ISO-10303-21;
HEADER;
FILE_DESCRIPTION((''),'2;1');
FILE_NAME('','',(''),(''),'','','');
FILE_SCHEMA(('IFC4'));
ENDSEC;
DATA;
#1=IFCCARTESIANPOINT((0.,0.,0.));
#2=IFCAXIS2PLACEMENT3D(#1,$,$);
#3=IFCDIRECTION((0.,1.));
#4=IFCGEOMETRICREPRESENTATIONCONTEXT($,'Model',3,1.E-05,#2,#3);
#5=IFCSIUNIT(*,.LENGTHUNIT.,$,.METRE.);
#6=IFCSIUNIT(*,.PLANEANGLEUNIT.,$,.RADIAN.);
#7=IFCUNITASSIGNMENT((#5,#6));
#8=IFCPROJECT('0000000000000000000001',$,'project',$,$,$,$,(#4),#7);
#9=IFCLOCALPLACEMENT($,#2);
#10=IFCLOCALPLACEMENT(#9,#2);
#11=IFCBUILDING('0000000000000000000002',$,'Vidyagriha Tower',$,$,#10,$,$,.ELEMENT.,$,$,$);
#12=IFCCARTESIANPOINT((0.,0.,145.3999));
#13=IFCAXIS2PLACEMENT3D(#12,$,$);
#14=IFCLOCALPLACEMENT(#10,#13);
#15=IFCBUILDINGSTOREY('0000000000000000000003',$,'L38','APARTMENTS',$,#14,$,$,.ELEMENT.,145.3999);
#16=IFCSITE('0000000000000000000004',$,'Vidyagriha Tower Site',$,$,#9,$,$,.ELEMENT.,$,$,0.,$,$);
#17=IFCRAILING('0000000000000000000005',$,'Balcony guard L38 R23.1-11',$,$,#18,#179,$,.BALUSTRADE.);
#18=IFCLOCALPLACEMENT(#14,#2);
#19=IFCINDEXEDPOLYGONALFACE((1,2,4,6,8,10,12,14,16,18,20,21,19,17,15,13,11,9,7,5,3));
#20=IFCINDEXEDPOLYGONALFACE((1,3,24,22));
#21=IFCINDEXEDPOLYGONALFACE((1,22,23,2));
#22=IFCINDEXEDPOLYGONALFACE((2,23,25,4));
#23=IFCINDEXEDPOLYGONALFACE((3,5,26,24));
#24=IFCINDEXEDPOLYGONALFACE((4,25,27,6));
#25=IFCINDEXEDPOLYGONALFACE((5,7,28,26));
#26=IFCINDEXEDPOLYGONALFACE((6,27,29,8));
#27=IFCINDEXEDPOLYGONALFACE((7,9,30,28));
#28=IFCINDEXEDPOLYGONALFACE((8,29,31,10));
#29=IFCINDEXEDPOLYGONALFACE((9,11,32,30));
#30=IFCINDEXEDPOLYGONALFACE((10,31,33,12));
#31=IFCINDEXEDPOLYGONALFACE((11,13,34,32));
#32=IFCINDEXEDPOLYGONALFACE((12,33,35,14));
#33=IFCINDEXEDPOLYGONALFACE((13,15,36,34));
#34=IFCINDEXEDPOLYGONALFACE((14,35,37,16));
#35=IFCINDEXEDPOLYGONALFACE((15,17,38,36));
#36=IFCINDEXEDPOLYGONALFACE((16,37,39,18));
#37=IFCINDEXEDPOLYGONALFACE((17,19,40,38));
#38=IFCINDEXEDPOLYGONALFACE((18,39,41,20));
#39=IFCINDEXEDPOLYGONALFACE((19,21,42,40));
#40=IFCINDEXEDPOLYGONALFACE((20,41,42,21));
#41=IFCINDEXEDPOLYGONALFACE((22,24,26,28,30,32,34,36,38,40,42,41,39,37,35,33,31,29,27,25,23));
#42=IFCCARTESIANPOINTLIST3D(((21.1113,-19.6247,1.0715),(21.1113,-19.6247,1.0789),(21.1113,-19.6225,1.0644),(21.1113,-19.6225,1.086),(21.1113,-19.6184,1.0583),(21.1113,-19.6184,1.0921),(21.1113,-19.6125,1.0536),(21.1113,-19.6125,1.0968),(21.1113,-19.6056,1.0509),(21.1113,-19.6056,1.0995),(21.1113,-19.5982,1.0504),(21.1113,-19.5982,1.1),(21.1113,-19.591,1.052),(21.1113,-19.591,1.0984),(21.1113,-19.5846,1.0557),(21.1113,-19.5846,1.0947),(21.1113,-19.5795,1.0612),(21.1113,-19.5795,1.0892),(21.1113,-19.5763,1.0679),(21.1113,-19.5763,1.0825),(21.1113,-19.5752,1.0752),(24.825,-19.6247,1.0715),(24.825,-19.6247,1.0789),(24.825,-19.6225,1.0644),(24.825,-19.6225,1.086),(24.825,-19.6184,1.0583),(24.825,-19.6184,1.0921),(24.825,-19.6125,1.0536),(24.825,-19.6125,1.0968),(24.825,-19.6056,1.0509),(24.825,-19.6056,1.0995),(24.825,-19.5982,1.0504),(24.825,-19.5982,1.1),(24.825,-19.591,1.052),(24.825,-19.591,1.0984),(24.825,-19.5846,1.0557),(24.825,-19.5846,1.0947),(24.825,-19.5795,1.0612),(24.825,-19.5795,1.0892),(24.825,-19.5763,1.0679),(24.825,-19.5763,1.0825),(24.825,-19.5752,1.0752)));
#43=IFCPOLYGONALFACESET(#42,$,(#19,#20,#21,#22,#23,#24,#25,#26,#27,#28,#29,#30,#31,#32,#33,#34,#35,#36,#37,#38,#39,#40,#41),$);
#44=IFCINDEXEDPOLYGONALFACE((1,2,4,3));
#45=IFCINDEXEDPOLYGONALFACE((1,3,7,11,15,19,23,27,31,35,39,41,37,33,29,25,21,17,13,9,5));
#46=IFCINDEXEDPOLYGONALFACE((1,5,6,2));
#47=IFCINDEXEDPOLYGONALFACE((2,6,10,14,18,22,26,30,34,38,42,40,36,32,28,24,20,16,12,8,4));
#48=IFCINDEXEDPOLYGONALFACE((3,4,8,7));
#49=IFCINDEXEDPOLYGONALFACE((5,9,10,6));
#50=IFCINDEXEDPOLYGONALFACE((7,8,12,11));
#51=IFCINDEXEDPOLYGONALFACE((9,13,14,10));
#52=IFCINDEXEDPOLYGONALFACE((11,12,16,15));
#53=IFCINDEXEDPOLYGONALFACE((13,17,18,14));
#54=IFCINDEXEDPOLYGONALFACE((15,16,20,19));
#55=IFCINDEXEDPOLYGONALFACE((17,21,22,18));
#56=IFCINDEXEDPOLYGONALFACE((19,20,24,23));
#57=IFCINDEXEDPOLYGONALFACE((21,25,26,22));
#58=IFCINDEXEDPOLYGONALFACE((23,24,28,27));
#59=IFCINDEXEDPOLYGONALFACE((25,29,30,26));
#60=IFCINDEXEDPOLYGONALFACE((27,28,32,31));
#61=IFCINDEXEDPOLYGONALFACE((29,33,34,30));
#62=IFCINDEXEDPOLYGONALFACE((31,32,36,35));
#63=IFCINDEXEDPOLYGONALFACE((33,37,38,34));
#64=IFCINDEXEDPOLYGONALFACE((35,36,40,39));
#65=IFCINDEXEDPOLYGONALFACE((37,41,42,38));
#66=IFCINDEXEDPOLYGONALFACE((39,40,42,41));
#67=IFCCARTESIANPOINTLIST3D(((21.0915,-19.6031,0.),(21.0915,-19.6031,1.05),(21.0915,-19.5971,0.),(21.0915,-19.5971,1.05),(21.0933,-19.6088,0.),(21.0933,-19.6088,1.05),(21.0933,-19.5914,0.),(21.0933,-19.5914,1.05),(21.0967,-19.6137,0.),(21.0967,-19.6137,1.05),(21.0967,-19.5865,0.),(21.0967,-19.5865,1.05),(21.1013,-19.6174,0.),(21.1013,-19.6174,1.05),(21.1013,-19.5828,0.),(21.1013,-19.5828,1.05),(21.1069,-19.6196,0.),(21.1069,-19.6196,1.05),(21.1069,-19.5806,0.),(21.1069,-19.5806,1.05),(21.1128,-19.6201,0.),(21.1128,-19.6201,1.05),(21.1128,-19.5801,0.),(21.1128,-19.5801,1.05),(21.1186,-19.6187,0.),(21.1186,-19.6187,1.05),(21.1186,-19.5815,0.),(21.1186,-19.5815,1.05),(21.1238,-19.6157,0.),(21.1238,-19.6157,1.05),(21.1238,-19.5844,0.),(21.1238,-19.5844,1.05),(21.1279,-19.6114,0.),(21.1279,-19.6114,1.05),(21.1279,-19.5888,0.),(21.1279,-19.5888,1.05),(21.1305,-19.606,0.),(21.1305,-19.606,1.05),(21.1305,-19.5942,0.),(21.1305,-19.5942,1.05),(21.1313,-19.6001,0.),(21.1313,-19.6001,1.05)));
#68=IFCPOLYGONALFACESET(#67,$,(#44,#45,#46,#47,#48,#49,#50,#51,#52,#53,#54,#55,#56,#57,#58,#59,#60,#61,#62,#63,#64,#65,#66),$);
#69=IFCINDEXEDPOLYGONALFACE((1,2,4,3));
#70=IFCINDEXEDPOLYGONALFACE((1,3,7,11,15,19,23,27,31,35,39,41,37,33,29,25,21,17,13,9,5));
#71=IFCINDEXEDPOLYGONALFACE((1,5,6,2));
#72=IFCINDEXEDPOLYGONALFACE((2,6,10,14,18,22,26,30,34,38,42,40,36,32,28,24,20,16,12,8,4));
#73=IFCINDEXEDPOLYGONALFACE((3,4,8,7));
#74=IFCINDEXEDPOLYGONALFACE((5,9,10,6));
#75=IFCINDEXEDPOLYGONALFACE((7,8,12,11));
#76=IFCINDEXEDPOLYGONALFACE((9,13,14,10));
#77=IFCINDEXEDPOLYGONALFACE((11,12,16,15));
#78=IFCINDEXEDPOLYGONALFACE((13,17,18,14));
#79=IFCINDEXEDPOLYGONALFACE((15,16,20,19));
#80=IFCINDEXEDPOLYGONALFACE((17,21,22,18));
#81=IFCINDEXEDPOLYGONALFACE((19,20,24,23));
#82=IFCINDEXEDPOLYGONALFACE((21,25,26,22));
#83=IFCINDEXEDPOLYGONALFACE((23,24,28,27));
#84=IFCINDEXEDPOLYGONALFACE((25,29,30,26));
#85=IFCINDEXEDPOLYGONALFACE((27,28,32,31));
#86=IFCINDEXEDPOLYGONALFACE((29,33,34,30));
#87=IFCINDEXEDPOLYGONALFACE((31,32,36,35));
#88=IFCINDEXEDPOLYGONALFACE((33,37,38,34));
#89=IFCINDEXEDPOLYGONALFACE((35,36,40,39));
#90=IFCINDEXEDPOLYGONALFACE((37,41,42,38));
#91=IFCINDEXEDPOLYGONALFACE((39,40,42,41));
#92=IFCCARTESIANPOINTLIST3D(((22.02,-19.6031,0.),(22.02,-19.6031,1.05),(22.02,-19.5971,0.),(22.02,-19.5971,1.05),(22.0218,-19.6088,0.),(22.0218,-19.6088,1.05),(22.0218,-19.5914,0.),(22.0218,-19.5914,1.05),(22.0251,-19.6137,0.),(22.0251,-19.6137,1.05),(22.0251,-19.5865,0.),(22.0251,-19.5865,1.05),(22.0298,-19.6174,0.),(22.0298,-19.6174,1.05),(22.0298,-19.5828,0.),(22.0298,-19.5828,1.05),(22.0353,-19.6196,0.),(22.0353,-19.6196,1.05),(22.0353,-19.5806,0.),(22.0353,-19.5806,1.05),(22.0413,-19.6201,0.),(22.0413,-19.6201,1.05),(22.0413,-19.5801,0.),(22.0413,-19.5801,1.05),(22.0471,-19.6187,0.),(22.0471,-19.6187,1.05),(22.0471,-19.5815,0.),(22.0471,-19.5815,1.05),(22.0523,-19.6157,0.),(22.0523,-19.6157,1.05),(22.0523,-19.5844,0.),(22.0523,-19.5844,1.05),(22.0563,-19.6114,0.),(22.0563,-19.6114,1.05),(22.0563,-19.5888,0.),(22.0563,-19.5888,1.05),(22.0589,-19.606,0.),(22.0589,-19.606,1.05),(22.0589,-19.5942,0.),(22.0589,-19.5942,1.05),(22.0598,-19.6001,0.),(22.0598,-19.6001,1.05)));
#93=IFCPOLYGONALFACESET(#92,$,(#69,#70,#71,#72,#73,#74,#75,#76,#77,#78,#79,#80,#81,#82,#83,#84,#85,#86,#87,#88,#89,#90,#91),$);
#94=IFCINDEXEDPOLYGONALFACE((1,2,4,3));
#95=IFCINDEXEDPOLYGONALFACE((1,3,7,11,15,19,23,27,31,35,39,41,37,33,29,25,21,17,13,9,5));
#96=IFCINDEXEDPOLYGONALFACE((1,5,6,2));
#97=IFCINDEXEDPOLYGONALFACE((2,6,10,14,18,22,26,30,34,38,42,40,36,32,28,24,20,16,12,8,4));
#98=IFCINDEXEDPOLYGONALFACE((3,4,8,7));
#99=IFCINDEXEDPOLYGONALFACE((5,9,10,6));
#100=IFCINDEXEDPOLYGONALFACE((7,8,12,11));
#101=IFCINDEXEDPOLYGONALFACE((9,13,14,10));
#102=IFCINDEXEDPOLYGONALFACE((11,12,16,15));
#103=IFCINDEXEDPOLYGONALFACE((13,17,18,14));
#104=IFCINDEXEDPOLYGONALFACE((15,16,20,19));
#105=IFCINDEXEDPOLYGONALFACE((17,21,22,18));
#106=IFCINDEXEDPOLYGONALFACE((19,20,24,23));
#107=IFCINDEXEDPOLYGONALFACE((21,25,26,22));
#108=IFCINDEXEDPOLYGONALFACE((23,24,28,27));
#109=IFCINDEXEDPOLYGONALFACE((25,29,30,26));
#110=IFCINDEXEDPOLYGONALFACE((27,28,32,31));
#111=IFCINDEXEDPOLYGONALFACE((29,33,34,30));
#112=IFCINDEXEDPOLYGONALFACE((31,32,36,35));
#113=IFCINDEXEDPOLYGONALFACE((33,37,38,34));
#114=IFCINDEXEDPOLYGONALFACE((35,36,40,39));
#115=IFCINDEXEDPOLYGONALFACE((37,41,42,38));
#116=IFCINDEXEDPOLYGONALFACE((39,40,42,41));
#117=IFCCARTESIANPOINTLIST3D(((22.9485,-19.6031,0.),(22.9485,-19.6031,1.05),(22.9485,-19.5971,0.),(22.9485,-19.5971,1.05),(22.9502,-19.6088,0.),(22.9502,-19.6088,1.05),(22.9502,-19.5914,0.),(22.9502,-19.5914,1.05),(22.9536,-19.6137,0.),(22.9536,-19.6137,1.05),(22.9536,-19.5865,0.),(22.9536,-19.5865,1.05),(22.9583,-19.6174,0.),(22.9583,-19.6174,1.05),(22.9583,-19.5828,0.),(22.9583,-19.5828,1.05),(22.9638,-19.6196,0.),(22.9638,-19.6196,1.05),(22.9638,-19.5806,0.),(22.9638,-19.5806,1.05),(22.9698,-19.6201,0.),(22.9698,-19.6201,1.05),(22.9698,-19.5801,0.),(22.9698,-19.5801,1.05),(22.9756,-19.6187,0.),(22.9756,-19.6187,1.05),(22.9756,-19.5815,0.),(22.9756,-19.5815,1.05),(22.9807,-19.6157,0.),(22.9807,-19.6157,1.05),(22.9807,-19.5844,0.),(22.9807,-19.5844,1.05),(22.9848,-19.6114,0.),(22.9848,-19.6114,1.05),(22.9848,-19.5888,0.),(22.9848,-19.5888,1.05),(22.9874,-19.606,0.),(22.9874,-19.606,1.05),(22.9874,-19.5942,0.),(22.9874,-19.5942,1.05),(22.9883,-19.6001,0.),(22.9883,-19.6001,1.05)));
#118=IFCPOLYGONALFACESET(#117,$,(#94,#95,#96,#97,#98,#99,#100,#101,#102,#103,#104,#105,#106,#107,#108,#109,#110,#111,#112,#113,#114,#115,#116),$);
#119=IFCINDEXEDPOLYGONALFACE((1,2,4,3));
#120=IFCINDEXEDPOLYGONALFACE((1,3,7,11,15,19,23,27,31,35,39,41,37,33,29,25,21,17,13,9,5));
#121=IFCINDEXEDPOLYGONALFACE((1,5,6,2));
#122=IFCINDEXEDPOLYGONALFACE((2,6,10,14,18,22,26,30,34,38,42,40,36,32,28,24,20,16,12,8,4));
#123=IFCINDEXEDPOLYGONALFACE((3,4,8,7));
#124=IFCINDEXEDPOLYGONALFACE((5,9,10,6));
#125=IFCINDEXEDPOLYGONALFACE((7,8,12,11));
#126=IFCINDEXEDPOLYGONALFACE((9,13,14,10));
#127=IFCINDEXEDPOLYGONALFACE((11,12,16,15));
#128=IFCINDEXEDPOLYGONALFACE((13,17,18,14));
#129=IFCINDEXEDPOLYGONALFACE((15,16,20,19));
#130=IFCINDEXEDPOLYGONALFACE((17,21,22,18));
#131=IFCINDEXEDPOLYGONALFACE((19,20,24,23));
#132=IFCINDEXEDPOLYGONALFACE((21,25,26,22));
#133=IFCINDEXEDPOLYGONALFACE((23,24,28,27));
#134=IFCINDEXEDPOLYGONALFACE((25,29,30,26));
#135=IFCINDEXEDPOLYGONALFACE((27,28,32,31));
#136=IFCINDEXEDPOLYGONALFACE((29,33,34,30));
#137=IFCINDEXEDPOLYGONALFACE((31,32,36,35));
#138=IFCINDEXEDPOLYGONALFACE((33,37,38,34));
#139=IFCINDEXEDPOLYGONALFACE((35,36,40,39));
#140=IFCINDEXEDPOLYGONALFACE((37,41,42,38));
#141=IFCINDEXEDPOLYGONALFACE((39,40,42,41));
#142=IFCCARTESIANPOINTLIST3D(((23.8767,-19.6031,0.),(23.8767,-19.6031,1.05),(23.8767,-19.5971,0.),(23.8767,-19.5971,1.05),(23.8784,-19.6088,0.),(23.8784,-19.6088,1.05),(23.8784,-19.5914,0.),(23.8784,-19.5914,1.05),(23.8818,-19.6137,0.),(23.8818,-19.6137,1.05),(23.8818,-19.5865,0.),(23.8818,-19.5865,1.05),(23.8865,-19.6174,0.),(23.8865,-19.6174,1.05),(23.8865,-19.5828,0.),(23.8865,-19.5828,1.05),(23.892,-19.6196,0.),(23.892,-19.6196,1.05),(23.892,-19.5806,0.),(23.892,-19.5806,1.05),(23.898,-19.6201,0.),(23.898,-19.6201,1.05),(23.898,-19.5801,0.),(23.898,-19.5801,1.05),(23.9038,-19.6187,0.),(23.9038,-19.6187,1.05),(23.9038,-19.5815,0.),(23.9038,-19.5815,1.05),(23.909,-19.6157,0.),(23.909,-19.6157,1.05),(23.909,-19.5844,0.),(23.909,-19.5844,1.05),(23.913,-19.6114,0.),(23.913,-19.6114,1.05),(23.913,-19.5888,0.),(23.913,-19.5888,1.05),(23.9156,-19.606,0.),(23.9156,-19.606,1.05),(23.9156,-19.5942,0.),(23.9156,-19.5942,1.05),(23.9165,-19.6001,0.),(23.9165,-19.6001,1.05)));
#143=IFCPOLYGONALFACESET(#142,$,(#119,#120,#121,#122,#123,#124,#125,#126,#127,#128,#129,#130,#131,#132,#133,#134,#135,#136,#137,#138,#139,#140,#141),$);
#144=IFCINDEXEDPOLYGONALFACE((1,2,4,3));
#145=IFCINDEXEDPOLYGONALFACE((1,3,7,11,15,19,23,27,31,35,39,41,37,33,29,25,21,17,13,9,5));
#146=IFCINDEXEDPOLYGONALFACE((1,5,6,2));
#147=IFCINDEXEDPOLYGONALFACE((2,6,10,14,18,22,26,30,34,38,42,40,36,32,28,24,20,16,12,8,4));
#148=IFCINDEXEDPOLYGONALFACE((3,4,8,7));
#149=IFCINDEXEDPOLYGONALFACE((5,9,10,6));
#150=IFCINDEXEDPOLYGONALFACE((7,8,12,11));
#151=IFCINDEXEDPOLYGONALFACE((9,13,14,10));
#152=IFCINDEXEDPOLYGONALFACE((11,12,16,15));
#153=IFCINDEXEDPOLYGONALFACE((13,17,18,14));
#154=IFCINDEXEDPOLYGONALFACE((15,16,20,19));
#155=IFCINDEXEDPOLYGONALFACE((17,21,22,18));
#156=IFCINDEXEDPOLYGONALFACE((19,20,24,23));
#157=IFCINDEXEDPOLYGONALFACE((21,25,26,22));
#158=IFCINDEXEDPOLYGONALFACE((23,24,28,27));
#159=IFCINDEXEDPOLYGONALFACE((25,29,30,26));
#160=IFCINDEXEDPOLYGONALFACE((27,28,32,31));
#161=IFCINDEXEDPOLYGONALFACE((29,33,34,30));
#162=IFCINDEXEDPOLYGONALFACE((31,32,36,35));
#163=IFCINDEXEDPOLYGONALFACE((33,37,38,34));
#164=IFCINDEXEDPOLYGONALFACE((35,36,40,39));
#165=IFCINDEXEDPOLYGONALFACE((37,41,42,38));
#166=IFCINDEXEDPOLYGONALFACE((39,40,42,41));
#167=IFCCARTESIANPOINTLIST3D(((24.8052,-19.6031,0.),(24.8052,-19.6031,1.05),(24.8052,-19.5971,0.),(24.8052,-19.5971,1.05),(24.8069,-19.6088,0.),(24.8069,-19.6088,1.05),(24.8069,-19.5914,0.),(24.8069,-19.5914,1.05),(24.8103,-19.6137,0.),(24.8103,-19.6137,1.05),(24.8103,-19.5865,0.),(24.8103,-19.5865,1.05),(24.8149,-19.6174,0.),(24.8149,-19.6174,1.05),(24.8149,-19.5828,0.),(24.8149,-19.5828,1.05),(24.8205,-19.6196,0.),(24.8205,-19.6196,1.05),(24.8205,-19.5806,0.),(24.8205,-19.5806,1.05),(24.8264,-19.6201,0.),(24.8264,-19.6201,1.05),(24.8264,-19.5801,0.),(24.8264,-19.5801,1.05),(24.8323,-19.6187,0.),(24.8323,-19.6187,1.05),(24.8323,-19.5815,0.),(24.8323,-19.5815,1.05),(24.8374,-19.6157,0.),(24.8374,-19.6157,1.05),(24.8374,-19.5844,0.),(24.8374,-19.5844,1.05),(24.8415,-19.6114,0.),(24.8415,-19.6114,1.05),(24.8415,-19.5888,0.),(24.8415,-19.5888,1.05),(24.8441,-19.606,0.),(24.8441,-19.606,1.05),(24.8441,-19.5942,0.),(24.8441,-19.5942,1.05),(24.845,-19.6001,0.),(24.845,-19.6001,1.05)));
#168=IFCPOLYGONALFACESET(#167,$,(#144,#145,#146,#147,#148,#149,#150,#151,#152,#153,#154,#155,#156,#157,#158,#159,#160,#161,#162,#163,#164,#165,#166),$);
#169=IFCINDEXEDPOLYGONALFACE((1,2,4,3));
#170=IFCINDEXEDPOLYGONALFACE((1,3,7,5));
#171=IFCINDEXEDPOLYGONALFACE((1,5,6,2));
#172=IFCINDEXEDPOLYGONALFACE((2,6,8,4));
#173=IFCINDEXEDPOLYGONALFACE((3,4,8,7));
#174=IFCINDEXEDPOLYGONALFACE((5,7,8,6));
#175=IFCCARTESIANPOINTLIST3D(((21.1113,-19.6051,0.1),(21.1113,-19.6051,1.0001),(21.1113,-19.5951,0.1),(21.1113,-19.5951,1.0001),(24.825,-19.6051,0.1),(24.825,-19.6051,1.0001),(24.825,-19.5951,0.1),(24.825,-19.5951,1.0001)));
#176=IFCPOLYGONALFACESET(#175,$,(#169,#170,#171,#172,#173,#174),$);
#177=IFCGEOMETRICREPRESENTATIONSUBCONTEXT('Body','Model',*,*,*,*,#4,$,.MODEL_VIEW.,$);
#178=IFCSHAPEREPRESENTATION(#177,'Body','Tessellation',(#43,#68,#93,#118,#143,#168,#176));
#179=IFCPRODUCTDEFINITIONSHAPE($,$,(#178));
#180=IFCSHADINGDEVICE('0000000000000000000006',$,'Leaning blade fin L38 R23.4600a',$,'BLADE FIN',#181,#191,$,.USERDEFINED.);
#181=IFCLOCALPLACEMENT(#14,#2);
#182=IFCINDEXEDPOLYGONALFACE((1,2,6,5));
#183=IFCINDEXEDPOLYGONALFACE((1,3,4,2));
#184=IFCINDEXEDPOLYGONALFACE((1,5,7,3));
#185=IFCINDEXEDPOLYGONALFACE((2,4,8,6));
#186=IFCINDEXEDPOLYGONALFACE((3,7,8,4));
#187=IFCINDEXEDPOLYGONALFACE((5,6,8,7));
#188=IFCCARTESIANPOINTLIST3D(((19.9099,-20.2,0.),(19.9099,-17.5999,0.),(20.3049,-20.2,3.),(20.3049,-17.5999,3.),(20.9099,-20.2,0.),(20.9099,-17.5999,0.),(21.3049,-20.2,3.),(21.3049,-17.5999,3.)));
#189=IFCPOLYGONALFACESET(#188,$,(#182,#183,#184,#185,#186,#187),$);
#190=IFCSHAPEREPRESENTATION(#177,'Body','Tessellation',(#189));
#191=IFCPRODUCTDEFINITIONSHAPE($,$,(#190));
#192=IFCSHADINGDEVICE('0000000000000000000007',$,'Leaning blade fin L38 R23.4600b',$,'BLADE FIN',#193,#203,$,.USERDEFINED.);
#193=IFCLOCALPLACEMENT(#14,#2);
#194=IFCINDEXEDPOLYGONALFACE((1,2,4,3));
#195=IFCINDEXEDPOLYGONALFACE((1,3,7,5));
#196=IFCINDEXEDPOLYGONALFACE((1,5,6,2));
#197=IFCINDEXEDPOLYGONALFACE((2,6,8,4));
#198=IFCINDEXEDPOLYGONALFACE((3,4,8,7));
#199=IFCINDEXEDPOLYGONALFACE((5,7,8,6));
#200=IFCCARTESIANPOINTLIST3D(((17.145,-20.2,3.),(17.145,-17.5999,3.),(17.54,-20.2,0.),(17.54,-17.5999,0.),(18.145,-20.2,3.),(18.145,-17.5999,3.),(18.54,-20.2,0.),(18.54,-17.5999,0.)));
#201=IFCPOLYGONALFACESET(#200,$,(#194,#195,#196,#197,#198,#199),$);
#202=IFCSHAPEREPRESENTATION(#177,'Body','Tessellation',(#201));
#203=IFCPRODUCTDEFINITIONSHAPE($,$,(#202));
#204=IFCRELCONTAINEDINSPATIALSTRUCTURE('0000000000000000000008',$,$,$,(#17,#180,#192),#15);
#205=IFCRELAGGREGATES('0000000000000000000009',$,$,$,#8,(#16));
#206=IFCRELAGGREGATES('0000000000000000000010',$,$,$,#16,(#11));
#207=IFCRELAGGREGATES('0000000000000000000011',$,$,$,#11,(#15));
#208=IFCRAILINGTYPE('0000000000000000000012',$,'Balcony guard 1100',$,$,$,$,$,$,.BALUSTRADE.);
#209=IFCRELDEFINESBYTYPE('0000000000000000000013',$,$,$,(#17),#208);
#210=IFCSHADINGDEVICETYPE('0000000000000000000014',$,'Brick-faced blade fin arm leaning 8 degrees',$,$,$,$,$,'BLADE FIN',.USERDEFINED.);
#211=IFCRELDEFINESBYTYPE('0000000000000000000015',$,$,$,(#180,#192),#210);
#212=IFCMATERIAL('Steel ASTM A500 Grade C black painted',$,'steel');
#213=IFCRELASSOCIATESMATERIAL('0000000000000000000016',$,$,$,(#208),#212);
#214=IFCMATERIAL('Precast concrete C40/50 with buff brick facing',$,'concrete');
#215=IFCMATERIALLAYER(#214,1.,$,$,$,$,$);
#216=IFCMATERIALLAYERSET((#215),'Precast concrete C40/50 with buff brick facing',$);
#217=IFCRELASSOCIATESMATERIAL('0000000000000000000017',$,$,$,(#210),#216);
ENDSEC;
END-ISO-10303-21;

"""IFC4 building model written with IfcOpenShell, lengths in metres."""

from ifc_helpers import new_model, si_unit, direction, frame, origin, origin_2d, place, context, subcontext, project, spatial, polyline, rectangle, circle, outline, extrude, material, layer, layer_set, type_object, element, save


model = new_model("IFC4")

# Units and contexts
model_context = context("Model", 3, precision=1e-05, world=origin(), true_north=direction((0.0, 1.0)))
body_context = subcontext(model_context, "Body", "Model", "MODEL_VIEW")
ifc_project = project(units=[si_unit("LENGTHUNIT", "METRE"), si_unit("PLANEANGLEUNIT", "RADIAN")], contexts=[model_context])

# Site, building, storey
site_placement = place(None, origin())
site = spatial("IfcSite", under=ifc_project, at=site_placement, Name="Vidyagriha Tower Site", CompositionType="ELEMENT", RefElevation=0.0)
building_placement = place(site_placement, origin())
building = spatial("IfcBuilding", under=site, at=building_placement, Name="Vidyagriha Tower", CompositionType="ELEMENT")
storey_placement = place(building_placement, frame((0.0, 0.0, 145.3999)))
storey = spatial("IfcBuildingStorey", under=building, at=storey_placement, Name="L38", Description="APARTMENTS", CompositionType="ELEMENT", Elevation=145.3999)

# Railing
ifc_material_1 = material(Name="Steel ASTM A500 Grade C black painted", Category="steel")
railing_type = type_object("IfcRailingType", Name="Balcony guard 1100", PredefinedType="BALUSTRADE", material=ifc_material_1)
railing_1_placement = place(storey_placement, frame((21.1113, -19.6001, 0.0)))
element("IfcRailing", 1, at=railing_1_placement, inside=storey, type_object=railing_type, Name="Balcony guard L38 R23.1-11", PredefinedType="BALUSTRADE", context=body_context, shape_type="SweptSolid", body=[
    extrude(circle(Radius=0.0249, at=origin_2d()), frame((0.0, 0.0, 1.0752), z_axis=(1.0, 0.0, 0.0), x_axis=(0.0, 1.0, 0.0)), (0.0, 0.0, 1.0), 3.7136),
    extrude(circle(Radius=0.02, at=origin_2d()), origin(), (0.0, 0.0, 1.0), 1.05),
    extrude(circle(Radius=0.02, at=origin_2d()), frame((0.9285, 0.0, 0.0)), (0.0, 0.0, 1.0), 1.05),
    extrude(circle(Radius=0.02, at=origin_2d()), frame((1.8569, 0.0, 0.0)), (0.0, 0.0, 1.0), 1.05),
    extrude(circle(Radius=0.02, at=origin_2d()), frame((2.7852, 0.0, 0.0)), (0.0, 0.0, 1.0), 1.05),
    extrude(circle(Radius=0.02, at=origin_2d()), frame((3.7136, 0.0, 0.0)), (0.0, 0.0, 1.0), 1.05),
    extrude(rectangle(XDim=0.01, YDim=0.9001, at=origin_2d()), frame((0.0, 0.0, 0.55), z_axis=(1.0, 0.0, 0.0), x_axis=(0.0, 1.0, 0.0)), (0.0, 0.0, 1.0), 3.7136),
])

# Shading devices
ifc_material_2 = material(Name="Precast concrete C40/50 with buff brick facing", Category="concrete")
ifc_layer_1 = layer(ifc_material_2, 1.0)
ifc_layer_set_1 = layer_set([ifc_layer_1], Name="Precast concrete C40/50 with buff brick facing")
shading_device_type = type_object("IfcShadingDeviceType", Name="Brick-faced blade fin arm leaning 8 degrees", ElementType="BLADE FIN", PredefinedType="USERDEFINED", material=ifc_layer_set_1)
shading_device_1_placement = place(storey_placement, frame((19.9099, -18.8999, 0.0)))
element("IfcShadingDevice", 2, at=shading_device_1_placement, inside=storey, type_object=shading_device_type, Name="Leaning blade fin L38 R23.4600a", ObjectType="BLADE FIN", PredefinedType="USERDEFINED", context=body_context, shape_type="SweptSolid", body=[
    extrude(outline(polyline([(0.0, 0.0), (1.0, 0.0), (1.395, 3.0), (0.395, 3.0), (0.0, 0.0)])), frame((0.0, 1.3, 0.0), z_axis=(0.0, -1.0, 0.0), x_axis=(1.0, 0.0, 0.0)), (0.0, 0.0, 1.0), 2.6001),
])
shading_device_2_placement = place(storey_placement, frame((17.145, -18.8999, 0.0)))
element("IfcShadingDevice", 3, at=shading_device_2_placement, inside=storey, type_object=shading_device_type, Name="Leaning blade fin L38 R23.4600b", ObjectType="BLADE FIN", PredefinedType="USERDEFINED", context=body_context, shape_type="SweptSolid", body=[
    extrude(outline(polyline([(0.395, 0.0), (1.395, 0.0), (1.0, 3.0), (0.0, 3.0), (0.395, 0.0)])), frame((0.0, 1.3, 0.0), z_axis=(0.0, -1.0, 0.0), x_axis=(1.0, 0.0, 0.0)), (0.0, 0.0, 1.0), 2.6001),
])

save(model, "model.ifc")
